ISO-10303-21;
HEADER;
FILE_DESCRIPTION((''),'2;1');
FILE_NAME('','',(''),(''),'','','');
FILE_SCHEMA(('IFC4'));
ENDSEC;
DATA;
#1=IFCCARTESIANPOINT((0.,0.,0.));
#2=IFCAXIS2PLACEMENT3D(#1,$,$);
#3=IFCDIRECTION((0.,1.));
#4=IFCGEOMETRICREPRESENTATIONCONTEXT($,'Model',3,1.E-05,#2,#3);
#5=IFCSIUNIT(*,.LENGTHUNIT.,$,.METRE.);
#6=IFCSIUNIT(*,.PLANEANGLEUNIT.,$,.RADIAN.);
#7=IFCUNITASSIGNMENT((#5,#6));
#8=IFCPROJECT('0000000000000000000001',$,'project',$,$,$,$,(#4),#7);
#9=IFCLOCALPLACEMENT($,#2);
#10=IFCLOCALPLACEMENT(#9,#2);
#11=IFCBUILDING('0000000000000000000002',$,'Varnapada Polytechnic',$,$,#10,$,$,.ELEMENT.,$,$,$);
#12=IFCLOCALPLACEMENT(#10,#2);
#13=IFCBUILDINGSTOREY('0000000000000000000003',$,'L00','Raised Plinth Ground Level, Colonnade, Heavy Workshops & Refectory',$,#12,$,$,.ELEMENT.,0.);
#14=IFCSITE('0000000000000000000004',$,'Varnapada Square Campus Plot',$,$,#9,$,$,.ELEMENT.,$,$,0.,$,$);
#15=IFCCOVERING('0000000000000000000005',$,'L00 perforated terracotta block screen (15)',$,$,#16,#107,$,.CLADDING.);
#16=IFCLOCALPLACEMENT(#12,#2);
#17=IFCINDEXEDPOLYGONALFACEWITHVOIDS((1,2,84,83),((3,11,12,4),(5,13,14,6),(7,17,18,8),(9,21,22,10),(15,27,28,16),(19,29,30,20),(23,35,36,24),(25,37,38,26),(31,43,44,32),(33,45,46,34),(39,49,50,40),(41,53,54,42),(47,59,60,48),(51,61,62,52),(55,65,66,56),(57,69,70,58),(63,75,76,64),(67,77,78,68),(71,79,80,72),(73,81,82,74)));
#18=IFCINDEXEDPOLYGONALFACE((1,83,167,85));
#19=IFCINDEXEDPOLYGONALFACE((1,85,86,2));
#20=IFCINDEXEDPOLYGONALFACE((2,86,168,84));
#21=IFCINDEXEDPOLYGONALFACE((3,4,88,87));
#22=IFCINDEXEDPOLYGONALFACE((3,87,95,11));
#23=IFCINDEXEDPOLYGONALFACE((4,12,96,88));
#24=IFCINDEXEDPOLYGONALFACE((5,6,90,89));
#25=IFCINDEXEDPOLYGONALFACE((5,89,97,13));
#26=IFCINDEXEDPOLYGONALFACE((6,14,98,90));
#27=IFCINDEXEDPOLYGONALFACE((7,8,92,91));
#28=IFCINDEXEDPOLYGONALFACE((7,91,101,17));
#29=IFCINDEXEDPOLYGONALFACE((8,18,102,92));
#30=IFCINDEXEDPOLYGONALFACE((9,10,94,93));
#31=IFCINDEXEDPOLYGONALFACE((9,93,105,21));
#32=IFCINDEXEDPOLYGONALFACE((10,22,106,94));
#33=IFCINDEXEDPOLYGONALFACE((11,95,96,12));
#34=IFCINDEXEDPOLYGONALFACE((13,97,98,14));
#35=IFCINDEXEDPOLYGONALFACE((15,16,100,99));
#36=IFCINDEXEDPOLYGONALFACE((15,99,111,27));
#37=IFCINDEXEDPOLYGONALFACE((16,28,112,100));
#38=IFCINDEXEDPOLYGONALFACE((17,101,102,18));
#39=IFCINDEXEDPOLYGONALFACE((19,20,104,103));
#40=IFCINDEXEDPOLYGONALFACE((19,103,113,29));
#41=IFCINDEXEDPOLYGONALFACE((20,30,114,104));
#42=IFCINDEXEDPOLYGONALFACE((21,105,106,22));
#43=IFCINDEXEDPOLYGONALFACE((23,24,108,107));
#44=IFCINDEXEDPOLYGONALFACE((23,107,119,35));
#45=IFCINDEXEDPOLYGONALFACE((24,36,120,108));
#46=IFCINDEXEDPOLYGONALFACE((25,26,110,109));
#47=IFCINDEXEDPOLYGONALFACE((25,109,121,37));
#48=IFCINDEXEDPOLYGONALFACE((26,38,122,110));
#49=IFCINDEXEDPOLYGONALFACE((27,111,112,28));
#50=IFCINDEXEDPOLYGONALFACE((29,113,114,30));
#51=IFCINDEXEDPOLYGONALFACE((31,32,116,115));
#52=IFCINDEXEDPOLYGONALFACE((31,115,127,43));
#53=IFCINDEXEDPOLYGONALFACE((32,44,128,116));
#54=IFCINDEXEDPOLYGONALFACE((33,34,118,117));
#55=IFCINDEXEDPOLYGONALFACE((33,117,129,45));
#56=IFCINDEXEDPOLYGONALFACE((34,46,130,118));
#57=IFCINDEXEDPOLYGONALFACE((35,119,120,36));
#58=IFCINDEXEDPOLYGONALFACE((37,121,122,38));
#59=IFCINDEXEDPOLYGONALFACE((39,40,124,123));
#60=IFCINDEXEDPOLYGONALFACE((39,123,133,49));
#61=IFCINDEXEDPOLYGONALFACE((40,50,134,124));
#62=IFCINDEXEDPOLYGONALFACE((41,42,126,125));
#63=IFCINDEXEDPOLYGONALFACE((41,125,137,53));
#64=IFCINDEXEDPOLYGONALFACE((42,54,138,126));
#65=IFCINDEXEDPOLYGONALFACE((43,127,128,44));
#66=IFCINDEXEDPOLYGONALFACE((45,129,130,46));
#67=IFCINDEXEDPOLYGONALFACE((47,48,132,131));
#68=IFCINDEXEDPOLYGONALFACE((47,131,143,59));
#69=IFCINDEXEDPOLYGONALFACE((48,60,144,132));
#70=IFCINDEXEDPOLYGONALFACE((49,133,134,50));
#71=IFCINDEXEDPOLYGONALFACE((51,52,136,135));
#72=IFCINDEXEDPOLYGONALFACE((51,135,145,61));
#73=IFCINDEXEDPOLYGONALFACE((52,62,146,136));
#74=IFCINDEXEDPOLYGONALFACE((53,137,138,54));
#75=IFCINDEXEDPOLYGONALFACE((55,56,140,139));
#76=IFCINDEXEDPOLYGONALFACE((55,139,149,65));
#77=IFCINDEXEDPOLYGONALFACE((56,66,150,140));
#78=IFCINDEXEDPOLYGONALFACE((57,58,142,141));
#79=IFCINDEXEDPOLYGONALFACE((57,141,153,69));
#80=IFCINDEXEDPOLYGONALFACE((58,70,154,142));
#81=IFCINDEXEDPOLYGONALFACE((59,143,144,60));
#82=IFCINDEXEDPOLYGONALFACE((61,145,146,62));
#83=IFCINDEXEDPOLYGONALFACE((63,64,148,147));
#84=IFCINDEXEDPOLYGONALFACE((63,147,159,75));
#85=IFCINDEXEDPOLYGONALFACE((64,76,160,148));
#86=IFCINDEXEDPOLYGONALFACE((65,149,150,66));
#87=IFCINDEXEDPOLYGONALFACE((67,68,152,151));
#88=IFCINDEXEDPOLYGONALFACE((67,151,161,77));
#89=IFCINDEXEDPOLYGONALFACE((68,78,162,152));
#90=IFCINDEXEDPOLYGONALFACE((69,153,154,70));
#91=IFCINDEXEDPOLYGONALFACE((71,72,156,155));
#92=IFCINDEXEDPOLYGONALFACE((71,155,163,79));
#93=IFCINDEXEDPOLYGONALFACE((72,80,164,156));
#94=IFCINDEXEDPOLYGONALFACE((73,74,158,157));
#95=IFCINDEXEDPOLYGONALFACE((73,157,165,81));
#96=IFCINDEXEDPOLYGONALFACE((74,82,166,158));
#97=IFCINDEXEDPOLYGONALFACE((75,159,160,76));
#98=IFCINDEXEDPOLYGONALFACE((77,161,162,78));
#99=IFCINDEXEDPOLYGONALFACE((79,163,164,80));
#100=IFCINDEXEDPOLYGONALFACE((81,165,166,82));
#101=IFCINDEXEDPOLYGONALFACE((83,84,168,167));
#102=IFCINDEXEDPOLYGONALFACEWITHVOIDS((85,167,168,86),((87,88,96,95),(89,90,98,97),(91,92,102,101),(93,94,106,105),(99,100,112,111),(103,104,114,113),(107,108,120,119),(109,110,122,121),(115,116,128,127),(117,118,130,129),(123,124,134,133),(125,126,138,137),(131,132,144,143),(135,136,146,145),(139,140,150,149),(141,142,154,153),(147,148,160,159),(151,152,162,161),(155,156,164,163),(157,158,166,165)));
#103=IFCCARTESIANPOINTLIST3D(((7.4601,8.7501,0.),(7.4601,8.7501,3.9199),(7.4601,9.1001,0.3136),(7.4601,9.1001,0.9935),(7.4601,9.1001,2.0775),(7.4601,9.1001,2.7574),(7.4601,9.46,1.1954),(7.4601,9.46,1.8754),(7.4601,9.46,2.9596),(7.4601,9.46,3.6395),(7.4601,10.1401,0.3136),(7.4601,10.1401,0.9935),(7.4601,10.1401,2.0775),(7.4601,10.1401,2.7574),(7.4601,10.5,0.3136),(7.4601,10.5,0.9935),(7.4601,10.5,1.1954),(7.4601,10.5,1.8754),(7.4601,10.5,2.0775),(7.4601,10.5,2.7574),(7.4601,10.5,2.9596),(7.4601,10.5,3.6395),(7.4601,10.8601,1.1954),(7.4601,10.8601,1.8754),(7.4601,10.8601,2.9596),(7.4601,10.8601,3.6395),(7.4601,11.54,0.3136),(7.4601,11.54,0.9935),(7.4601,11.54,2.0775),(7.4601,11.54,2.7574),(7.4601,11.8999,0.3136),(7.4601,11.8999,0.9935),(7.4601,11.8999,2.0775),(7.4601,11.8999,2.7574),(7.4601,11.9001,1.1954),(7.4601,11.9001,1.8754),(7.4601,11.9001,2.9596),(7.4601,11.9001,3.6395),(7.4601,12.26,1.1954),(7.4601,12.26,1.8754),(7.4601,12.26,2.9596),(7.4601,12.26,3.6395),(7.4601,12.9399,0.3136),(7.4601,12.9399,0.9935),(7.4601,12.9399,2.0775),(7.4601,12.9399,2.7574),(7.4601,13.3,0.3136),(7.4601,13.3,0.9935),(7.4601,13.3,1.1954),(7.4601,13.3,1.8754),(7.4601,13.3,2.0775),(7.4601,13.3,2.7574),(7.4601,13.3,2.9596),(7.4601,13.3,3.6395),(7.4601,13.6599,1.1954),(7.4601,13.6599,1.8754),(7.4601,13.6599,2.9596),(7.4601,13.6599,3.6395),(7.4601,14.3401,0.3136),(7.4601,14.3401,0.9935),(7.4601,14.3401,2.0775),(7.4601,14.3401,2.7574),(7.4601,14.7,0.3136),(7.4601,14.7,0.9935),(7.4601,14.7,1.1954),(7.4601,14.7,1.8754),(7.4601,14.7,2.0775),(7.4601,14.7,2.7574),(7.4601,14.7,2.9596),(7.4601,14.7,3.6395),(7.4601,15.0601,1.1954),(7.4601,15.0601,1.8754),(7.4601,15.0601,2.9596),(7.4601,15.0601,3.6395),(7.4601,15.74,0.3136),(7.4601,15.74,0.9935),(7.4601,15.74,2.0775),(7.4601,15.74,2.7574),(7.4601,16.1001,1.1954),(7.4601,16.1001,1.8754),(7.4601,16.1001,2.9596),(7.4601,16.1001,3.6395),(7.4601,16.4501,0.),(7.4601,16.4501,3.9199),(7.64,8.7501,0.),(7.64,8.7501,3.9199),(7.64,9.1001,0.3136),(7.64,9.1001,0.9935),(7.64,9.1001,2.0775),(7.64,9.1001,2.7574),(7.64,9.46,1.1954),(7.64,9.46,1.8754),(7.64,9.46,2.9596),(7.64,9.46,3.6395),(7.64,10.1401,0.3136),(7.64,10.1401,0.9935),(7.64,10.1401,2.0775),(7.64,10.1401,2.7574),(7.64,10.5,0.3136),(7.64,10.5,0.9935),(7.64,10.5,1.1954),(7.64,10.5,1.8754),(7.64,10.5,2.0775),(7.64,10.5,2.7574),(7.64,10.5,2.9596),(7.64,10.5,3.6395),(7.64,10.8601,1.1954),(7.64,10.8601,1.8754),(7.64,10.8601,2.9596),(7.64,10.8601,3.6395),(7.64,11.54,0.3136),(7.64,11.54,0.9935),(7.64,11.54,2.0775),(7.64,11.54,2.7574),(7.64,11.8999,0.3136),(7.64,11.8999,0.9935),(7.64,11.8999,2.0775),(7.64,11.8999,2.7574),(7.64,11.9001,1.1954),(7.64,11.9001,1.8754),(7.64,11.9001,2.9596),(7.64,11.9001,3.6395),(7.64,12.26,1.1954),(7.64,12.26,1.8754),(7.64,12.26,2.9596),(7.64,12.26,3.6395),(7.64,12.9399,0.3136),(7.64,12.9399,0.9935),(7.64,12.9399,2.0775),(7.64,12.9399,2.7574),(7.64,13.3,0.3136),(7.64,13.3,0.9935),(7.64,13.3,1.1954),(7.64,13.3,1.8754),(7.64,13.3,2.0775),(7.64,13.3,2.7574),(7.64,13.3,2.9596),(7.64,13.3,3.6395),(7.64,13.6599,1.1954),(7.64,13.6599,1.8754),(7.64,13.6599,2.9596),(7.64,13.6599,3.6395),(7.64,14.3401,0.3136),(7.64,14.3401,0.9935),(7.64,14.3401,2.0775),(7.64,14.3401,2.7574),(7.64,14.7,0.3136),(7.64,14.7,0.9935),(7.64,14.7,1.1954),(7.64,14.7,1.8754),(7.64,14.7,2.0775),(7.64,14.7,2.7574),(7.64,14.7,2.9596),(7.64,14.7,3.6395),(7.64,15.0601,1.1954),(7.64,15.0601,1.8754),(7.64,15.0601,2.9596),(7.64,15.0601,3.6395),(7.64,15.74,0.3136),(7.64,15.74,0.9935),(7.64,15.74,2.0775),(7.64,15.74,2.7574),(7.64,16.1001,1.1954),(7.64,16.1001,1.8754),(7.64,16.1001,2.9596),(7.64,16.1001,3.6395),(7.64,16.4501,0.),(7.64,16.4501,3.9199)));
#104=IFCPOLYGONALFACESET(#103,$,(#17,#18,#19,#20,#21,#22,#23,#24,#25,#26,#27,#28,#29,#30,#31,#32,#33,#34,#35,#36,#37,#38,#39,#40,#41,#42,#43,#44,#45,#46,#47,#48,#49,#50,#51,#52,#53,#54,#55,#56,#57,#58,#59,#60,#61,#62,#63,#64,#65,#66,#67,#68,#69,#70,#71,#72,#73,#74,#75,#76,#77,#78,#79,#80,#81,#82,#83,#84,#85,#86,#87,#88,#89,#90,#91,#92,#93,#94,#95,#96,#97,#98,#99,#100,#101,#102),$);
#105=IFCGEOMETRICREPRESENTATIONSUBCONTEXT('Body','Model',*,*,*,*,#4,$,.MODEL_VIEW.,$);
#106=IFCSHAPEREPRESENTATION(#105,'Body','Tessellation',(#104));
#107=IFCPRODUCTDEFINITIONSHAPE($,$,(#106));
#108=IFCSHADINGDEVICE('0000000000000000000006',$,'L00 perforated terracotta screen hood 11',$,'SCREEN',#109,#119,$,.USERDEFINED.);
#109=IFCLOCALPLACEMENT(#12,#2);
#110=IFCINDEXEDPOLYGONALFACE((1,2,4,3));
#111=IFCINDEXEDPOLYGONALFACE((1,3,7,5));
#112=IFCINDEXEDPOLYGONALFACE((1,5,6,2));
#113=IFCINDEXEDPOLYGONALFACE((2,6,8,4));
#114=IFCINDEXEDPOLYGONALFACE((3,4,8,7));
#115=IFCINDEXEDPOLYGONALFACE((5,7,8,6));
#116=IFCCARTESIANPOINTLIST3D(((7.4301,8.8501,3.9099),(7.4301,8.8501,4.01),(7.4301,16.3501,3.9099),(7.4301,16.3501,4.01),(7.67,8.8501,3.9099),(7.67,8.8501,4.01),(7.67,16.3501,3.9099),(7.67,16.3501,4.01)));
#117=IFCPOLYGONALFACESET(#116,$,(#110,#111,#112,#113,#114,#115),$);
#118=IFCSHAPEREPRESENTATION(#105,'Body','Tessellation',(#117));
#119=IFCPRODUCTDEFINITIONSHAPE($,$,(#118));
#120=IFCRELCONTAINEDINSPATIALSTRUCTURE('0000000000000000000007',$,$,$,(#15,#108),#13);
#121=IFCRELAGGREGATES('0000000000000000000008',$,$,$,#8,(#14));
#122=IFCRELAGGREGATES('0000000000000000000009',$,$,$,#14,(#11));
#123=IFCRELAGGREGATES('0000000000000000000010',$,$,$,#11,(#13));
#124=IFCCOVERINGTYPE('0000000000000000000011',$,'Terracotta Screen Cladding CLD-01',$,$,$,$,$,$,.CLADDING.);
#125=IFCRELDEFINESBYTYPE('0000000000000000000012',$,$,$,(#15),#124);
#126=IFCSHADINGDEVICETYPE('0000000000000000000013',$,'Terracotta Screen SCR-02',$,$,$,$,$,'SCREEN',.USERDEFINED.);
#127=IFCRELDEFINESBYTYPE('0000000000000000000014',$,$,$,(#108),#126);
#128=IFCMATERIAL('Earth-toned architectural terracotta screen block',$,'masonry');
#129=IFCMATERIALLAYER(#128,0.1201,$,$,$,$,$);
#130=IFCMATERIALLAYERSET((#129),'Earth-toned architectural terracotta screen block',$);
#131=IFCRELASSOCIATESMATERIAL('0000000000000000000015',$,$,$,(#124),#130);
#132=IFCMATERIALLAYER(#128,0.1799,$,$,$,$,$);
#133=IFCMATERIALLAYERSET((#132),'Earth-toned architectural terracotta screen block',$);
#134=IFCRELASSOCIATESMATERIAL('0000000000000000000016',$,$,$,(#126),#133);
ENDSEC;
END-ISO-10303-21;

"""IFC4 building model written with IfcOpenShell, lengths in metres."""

from ifc_helpers import new_model, si_unit, direction, frame, frame_2d, origin, origin_2d, place, context, subcontext, project, spatial, rectangle, extrude, material, layer, layer_set, type_object, element, save


model = new_model("IFC4")

# Units and contexts
model_context = context("Model", 3, precision=1e-05, world=origin(), true_north=direction((0.0, 1.0)))
body_context = subcontext(model_context, "Body", "Model", "MODEL_VIEW")
ifc_project = project(units=[si_unit("LENGTHUNIT", "METRE"), si_unit("PLANEANGLEUNIT", "RADIAN")], contexts=[model_context])

# Site, building, storey
site_placement = place(None, origin())
site = spatial("IfcSite", under=ifc_project, at=site_placement, Name="Varnapada Square Campus Plot", CompositionType="ELEMENT", RefElevation=0.0)
building_placement = place(site_placement, origin())
building = spatial("IfcBuilding", under=site, at=building_placement, Name="Varnapada Polytechnic", CompositionType="ELEMENT")
storey_placement = place(building_placement, origin())
storey = spatial("IfcBuildingStorey", under=building, at=storey_placement, Name="L00", Description="Raised Plinth Ground Level, Colonnade, Heavy Workshops & Refectory", CompositionType="ELEMENT", Elevation=0.0)

# Covering, openings
ifc_material_1 = material(Name="Earth-toned architectural terracotta screen block", Category="masonry")
ifc_layer_1 = layer(ifc_material_1, 0.1201)
ifc_layer_set_1 = layer_set([ifc_layer_1], Name="Earth-toned architectural terracotta screen block")
covering_type_1 = type_object("IfcCoveringType", Name="Terracotta Screen Cladding CLD-01", PredefinedType="CLADDING", material=ifc_layer_set_1)
covering_1_placement = place(storey_placement, frame((7.55, 8.75, 0.0), z_axis=(0.0, 0.0, 1.0), x_axis=(0.0, 1.0, 0.0)))
covering_1 = element("IfcCovering", 1, at=covering_1_placement, inside=storey, type_object=covering_type_1, Name="L00 perforated terracotta block screen (15)", PredefinedType="CLADDING", context=body_context, shape_type="SweptSolid", body=[
    extrude(rectangle(XDim=7.7, YDim=0.1799, at=frame_2d((3.8501, 0.0))), origin(), (0.0, 0.0, 1.0), 3.9199),
])
opening_1_placement = place(covering_1_placement, frame((0.3501, 0.0, 0.3137)))
element("IfcOpeningElement", 2, at=opening_1_placement, cuts=covering_1, PredefinedType="OPENING", context=body_context, shape_type="SweptSolid", body=[
    extrude(rectangle(XDim=1.04, YDim=0.6799, at=frame_2d((0.52, 0.3398))), frame((0.0, 0.0999, 0.0), z_axis=(0.0, -1.0, 0.0), x_axis=(1.0, 0.0, 0.0)), (0.0, 0.0, 1.0), 0.2),
])
opening_2_placement = place(covering_1_placement, frame((1.75, 0.0, 0.3137)))
element("IfcOpeningElement", 3, at=opening_2_placement, cuts=covering_1, PredefinedType="OPENING", context=body_context, shape_type="SweptSolid", body=[
    extrude(rectangle(XDim=1.04, YDim=0.6799, at=frame_2d((0.52, 0.3398))), frame((0.0, 0.0999, 0.0), z_axis=(0.0, -1.0, 0.0), x_axis=(1.0, 0.0, 0.0)), (0.0, 0.0, 1.0), 0.2),
])
opening_3_placement = place(covering_1_placement, frame((3.1499, 0.0, 0.3137)))
element("IfcOpeningElement", 4, at=opening_3_placement, cuts=covering_1, PredefinedType="OPENING", context=body_context, shape_type="SweptSolid", body=[
    extrude(rectangle(XDim=1.04, YDim=0.6799, at=frame_2d((0.52, 0.3398))), frame((0.0, 0.0999, 0.0), z_axis=(0.0, -1.0, 0.0), x_axis=(1.0, 0.0, 0.0)), (0.0, 0.0, 1.0), 0.2),
])
opening_4_placement = place(covering_1_placement, frame((4.55, 0.0, 0.3137)))
element("IfcOpeningElement", 5, at=opening_4_placement, cuts=covering_1, PredefinedType="OPENING", context=body_context, shape_type="SweptSolid", body=[
    extrude(rectangle(XDim=1.04, YDim=0.6799, at=frame_2d((0.52, 0.3398))), frame((0.0, 0.0999, 0.0), z_axis=(0.0, -1.0, 0.0), x_axis=(1.0, 0.0, 0.0)), (0.0, 0.0, 1.0), 0.2),
])
opening_5_placement = place(covering_1_placement, frame((5.95, 0.0, 0.3137)))
element("IfcOpeningElement", 6, at=opening_5_placement, cuts=covering_1, PredefinedType="OPENING", context=body_context, shape_type="SweptSolid", body=[
    extrude(rectangle(XDim=1.04, YDim=0.6799, at=frame_2d((0.52, 0.3398))), frame((0.0, 0.0999, 0.0), z_axis=(0.0, -1.0, 0.0), x_axis=(1.0, 0.0, 0.0)), (0.0, 0.0, 1.0), 0.2),
])
opening_6_placement = place(covering_1_placement, frame((0.71, 0.0, 1.1956)))
element("IfcOpeningElement", 7, at=opening_6_placement, cuts=covering_1, PredefinedType="OPENING", context=body_context, shape_type="SweptSolid", body=[
    extrude(rectangle(XDim=1.04, YDim=0.6799, at=frame_2d((0.52, 0.3398))), frame((0.0, 0.0999, 0.0), z_axis=(0.0, -1.0, 0.0), x_axis=(1.0, 0.0, 0.0)), (0.0, 0.0, 1.0), 0.2),
])
opening_7_placement = place(covering_1_placement, frame((2.1101, 0.0, 1.1956)))
element("IfcOpeningElement", 8, at=opening_7_placement, cuts=covering_1, PredefinedType="OPENING", context=body_context, shape_type="SweptSolid", body=[
    extrude(rectangle(XDim=1.04, YDim=0.6799, at=frame_2d((0.52, 0.3398))), frame((0.0, 0.0999, 0.0), z_axis=(0.0, -1.0, 0.0), x_axis=(1.0, 0.0, 0.0)), (0.0, 0.0, 1.0), 0.2),
])
opening_8_placement = place(covering_1_placement, frame((3.51, 0.0, 1.1956)))
element("IfcOpeningElement", 9, at=opening_8_placement, cuts=covering_1, PredefinedType="OPENING", context=body_context, shape_type="SweptSolid", body=[
    extrude(rectangle(XDim=1.04, YDim=0.6799, at=frame_2d((0.52, 0.3398))), frame((0.0, 0.0999, 0.0), z_axis=(0.0, -1.0, 0.0), x_axis=(1.0, 0.0, 0.0)), (0.0, 0.0, 1.0), 0.2),
])
opening_9_placement = place(covering_1_placement, frame((4.9099, 0.0, 1.1956)))
element("IfcOpeningElement", 10, at=opening_9_placement, cuts=covering_1, PredefinedType="OPENING", context=body_context, shape_type="SweptSolid", body=[
    extrude(rectangle(XDim=1.04, YDim=0.6799, at=frame_2d((0.52, 0.3398))), frame((0.0, 0.0999, 0.0), z_axis=(0.0, -1.0, 0.0), x_axis=(1.0, 0.0, 0.0)), (0.0, 0.0, 1.0), 0.2),
])
opening_10_placement = place(covering_1_placement, frame((6.3101, 0.0, 1.1956)))
element("IfcOpeningElement", 11, at=opening_10_placement, cuts=covering_1, PredefinedType="OPENING", context=body_context, shape_type="SweptSolid", body=[
    extrude(rectangle(XDim=1.04, YDim=0.6799, at=frame_2d((0.52, 0.3398))), frame((0.0, 0.0999, 0.0), z_axis=(0.0, -1.0, 0.0), x_axis=(1.0, 0.0, 0.0)), (0.0, 0.0, 1.0), 0.2),
])
opening_11_placement = place(covering_1_placement, frame((0.3501, 0.0, 2.0776)))
element("IfcOpeningElement", 12, at=opening_11_placement, cuts=covering_1, PredefinedType="OPENING", context=body_context, shape_type="SweptSolid", body=[
    extrude(rectangle(XDim=1.04, YDim=0.6799, at=frame_2d((0.52, 0.3398))), frame((0.0, 0.0999, 0.0), z_axis=(0.0, -1.0, 0.0), x_axis=(1.0, 0.0, 0.0)), (0.0, 0.0, 1.0), 0.2),
])
opening_12_placement = place(covering_1_placement, frame((1.75, 0.0, 2.0776)))
element("IfcOpeningElement", 13, at=opening_12_placement, cuts=covering_1, PredefinedType="OPENING", context=body_context, shape_type="SweptSolid", body=[
    extrude(rectangle(XDim=1.04, YDim=0.6799, at=frame_2d((0.52, 0.3398))), frame((0.0, 0.0999, 0.0), z_axis=(0.0, -1.0, 0.0), x_axis=(1.0, 0.0, 0.0)), (0.0, 0.0, 1.0), 0.2),
])
opening_13_placement = place(covering_1_placement, frame((3.1499, 0.0, 2.0776)))
element("IfcOpeningElement", 14, at=opening_13_placement, cuts=covering_1, PredefinedType="OPENING", context=body_context, shape_type="SweptSolid", body=[
    extrude(rectangle(XDim=1.04, YDim=0.6799, at=frame_2d((0.52, 0.3398))), frame((0.0, 0.0999, 0.0), z_axis=(0.0, -1.0, 0.0), x_axis=(1.0, 0.0, 0.0)), (0.0, 0.0, 1.0), 0.2),
])
opening_14_placement = place(covering_1_placement, frame((4.55, 0.0, 2.0776)))
element("IfcOpeningElement", 15, at=opening_14_placement, cuts=covering_1, PredefinedType="OPENING", context=body_context, shape_type="SweptSolid", body=[
    extrude(rectangle(XDim=1.04, YDim=0.6799, at=frame_2d((0.52, 0.3398))), frame((0.0, 0.0999, 0.0), z_axis=(0.0, -1.0, 0.0), x_axis=(1.0, 0.0, 0.0)), (0.0, 0.0, 1.0), 0.2),
])
opening_15_placement = place(covering_1_placement, frame((5.95, 0.0, 2.0776)))
element("IfcOpeningElement", 16, at=opening_15_placement, cuts=covering_1, PredefinedType="OPENING", context=body_context, shape_type="SweptSolid", body=[
    extrude(rectangle(XDim=1.04, YDim=0.6799, at=frame_2d((0.52, 0.3398))), frame((0.0, 0.0999, 0.0), z_axis=(0.0, -1.0, 0.0), x_axis=(1.0, 0.0, 0.0)), (0.0, 0.0, 1.0), 0.2),
])
opening_16_placement = place(covering_1_placement, frame((0.71, 0.0, 2.9597)))
element("IfcOpeningElement", 17, at=opening_16_placement, cuts=covering_1, PredefinedType="OPENING", context=body_context, shape_type="SweptSolid", body=[
    extrude(rectangle(XDim=1.04, YDim=0.6799, at=frame_2d((0.52, 0.3398))), frame((0.0, 0.0999, 0.0), z_axis=(0.0, -1.0, 0.0), x_axis=(1.0, 0.0, 0.0)), (0.0, 0.0, 1.0), 0.2),
])
opening_17_placement = place(covering_1_placement, frame((2.1101, 0.0, 2.9597)))
element("IfcOpeningElement", 18, at=opening_17_placement, cuts=covering_1, PredefinedType="OPENING", context=body_context, shape_type="SweptSolid", body=[
    extrude(rectangle(XDim=1.04, YDim=0.6799, at=frame_2d((0.52, 0.3398))), frame((0.0, 0.0999, 0.0), z_axis=(0.0, -1.0, 0.0), x_axis=(1.0, 0.0, 0.0)), (0.0, 0.0, 1.0), 0.2),
])
opening_18_placement = place(covering_1_placement, frame((3.51, 0.0, 2.9597)))
element("IfcOpeningElement", 19, at=opening_18_placement, cuts=covering_1, PredefinedType="OPENING", context=body_context, shape_type="SweptSolid", body=[
    extrude(rectangle(XDim=1.04, YDim=0.6799, at=frame_2d((0.52, 0.3398))), frame((0.0, 0.0999, 0.0), z_axis=(0.0, -1.0, 0.0), x_axis=(1.0, 0.0, 0.0)), (0.0, 0.0, 1.0), 0.2),
])
opening_19_placement = place(covering_1_placement, frame((4.9099, 0.0, 2.9597)))
element("IfcOpeningElement", 20, at=opening_19_placement, cuts=covering_1, PredefinedType="OPENING", context=body_context, shape_type="SweptSolid", body=[
    extrude(rectangle(XDim=1.04, YDim=0.6799, at=frame_2d((0.52, 0.3398))), frame((0.0, 0.0999, 0.0), z_axis=(0.0, -1.0, 0.0), x_axis=(1.0, 0.0, 0.0)), (0.0, 0.0, 1.0), 0.2),
])
opening_20_placement = place(covering_1_placement, frame((6.3101, 0.0, 2.9597)))
element("IfcOpeningElement", 21, at=opening_20_placement, cuts=covering_1, PredefinedType="OPENING", context=body_context, shape_type="SweptSolid", body=[
    extrude(rectangle(XDim=1.04, YDim=0.6799, at=frame_2d((0.52, 0.3398))), frame((0.0, 0.0999, 0.0), z_axis=(0.0, -1.0, 0.0), x_axis=(1.0, 0.0, 0.0)), (0.0, 0.0, 1.0), 0.2),
])

# Shading device
ifc_layer_2 = layer(ifc_material_1, 0.1799)
ifc_layer_set_2 = layer_set([ifc_layer_2], Name="Earth-toned architectural terracotta screen block")
shading_device_type = type_object("IfcShadingDeviceType", Name="Terracotta Screen SCR-02", ElementType="SCREEN", PredefinedType="USERDEFINED", material=ifc_layer_set_2)
shading_device_placement = place(storey_placement, frame((7.55, 12.6001, 3.9099), z_axis=(0.0, 0.0, 1.0), x_axis=(0.0, 1.0, 0.0)))
element("IfcShadingDevice", 22, at=shading_device_placement, inside=storey, type_object=shading_device_type, Name="L00 perforated terracotta screen hood 11", ObjectType="SCREEN", PredefinedType="USERDEFINED", context=body_context, shape_type="SweptSolid", body=[
    extrude(rectangle(XDim=7.5, YDim=0.24, at=origin_2d()), origin(), (0.0, 0.0, 1.0), 0.1001),
])

save(model, "model.ifc")
